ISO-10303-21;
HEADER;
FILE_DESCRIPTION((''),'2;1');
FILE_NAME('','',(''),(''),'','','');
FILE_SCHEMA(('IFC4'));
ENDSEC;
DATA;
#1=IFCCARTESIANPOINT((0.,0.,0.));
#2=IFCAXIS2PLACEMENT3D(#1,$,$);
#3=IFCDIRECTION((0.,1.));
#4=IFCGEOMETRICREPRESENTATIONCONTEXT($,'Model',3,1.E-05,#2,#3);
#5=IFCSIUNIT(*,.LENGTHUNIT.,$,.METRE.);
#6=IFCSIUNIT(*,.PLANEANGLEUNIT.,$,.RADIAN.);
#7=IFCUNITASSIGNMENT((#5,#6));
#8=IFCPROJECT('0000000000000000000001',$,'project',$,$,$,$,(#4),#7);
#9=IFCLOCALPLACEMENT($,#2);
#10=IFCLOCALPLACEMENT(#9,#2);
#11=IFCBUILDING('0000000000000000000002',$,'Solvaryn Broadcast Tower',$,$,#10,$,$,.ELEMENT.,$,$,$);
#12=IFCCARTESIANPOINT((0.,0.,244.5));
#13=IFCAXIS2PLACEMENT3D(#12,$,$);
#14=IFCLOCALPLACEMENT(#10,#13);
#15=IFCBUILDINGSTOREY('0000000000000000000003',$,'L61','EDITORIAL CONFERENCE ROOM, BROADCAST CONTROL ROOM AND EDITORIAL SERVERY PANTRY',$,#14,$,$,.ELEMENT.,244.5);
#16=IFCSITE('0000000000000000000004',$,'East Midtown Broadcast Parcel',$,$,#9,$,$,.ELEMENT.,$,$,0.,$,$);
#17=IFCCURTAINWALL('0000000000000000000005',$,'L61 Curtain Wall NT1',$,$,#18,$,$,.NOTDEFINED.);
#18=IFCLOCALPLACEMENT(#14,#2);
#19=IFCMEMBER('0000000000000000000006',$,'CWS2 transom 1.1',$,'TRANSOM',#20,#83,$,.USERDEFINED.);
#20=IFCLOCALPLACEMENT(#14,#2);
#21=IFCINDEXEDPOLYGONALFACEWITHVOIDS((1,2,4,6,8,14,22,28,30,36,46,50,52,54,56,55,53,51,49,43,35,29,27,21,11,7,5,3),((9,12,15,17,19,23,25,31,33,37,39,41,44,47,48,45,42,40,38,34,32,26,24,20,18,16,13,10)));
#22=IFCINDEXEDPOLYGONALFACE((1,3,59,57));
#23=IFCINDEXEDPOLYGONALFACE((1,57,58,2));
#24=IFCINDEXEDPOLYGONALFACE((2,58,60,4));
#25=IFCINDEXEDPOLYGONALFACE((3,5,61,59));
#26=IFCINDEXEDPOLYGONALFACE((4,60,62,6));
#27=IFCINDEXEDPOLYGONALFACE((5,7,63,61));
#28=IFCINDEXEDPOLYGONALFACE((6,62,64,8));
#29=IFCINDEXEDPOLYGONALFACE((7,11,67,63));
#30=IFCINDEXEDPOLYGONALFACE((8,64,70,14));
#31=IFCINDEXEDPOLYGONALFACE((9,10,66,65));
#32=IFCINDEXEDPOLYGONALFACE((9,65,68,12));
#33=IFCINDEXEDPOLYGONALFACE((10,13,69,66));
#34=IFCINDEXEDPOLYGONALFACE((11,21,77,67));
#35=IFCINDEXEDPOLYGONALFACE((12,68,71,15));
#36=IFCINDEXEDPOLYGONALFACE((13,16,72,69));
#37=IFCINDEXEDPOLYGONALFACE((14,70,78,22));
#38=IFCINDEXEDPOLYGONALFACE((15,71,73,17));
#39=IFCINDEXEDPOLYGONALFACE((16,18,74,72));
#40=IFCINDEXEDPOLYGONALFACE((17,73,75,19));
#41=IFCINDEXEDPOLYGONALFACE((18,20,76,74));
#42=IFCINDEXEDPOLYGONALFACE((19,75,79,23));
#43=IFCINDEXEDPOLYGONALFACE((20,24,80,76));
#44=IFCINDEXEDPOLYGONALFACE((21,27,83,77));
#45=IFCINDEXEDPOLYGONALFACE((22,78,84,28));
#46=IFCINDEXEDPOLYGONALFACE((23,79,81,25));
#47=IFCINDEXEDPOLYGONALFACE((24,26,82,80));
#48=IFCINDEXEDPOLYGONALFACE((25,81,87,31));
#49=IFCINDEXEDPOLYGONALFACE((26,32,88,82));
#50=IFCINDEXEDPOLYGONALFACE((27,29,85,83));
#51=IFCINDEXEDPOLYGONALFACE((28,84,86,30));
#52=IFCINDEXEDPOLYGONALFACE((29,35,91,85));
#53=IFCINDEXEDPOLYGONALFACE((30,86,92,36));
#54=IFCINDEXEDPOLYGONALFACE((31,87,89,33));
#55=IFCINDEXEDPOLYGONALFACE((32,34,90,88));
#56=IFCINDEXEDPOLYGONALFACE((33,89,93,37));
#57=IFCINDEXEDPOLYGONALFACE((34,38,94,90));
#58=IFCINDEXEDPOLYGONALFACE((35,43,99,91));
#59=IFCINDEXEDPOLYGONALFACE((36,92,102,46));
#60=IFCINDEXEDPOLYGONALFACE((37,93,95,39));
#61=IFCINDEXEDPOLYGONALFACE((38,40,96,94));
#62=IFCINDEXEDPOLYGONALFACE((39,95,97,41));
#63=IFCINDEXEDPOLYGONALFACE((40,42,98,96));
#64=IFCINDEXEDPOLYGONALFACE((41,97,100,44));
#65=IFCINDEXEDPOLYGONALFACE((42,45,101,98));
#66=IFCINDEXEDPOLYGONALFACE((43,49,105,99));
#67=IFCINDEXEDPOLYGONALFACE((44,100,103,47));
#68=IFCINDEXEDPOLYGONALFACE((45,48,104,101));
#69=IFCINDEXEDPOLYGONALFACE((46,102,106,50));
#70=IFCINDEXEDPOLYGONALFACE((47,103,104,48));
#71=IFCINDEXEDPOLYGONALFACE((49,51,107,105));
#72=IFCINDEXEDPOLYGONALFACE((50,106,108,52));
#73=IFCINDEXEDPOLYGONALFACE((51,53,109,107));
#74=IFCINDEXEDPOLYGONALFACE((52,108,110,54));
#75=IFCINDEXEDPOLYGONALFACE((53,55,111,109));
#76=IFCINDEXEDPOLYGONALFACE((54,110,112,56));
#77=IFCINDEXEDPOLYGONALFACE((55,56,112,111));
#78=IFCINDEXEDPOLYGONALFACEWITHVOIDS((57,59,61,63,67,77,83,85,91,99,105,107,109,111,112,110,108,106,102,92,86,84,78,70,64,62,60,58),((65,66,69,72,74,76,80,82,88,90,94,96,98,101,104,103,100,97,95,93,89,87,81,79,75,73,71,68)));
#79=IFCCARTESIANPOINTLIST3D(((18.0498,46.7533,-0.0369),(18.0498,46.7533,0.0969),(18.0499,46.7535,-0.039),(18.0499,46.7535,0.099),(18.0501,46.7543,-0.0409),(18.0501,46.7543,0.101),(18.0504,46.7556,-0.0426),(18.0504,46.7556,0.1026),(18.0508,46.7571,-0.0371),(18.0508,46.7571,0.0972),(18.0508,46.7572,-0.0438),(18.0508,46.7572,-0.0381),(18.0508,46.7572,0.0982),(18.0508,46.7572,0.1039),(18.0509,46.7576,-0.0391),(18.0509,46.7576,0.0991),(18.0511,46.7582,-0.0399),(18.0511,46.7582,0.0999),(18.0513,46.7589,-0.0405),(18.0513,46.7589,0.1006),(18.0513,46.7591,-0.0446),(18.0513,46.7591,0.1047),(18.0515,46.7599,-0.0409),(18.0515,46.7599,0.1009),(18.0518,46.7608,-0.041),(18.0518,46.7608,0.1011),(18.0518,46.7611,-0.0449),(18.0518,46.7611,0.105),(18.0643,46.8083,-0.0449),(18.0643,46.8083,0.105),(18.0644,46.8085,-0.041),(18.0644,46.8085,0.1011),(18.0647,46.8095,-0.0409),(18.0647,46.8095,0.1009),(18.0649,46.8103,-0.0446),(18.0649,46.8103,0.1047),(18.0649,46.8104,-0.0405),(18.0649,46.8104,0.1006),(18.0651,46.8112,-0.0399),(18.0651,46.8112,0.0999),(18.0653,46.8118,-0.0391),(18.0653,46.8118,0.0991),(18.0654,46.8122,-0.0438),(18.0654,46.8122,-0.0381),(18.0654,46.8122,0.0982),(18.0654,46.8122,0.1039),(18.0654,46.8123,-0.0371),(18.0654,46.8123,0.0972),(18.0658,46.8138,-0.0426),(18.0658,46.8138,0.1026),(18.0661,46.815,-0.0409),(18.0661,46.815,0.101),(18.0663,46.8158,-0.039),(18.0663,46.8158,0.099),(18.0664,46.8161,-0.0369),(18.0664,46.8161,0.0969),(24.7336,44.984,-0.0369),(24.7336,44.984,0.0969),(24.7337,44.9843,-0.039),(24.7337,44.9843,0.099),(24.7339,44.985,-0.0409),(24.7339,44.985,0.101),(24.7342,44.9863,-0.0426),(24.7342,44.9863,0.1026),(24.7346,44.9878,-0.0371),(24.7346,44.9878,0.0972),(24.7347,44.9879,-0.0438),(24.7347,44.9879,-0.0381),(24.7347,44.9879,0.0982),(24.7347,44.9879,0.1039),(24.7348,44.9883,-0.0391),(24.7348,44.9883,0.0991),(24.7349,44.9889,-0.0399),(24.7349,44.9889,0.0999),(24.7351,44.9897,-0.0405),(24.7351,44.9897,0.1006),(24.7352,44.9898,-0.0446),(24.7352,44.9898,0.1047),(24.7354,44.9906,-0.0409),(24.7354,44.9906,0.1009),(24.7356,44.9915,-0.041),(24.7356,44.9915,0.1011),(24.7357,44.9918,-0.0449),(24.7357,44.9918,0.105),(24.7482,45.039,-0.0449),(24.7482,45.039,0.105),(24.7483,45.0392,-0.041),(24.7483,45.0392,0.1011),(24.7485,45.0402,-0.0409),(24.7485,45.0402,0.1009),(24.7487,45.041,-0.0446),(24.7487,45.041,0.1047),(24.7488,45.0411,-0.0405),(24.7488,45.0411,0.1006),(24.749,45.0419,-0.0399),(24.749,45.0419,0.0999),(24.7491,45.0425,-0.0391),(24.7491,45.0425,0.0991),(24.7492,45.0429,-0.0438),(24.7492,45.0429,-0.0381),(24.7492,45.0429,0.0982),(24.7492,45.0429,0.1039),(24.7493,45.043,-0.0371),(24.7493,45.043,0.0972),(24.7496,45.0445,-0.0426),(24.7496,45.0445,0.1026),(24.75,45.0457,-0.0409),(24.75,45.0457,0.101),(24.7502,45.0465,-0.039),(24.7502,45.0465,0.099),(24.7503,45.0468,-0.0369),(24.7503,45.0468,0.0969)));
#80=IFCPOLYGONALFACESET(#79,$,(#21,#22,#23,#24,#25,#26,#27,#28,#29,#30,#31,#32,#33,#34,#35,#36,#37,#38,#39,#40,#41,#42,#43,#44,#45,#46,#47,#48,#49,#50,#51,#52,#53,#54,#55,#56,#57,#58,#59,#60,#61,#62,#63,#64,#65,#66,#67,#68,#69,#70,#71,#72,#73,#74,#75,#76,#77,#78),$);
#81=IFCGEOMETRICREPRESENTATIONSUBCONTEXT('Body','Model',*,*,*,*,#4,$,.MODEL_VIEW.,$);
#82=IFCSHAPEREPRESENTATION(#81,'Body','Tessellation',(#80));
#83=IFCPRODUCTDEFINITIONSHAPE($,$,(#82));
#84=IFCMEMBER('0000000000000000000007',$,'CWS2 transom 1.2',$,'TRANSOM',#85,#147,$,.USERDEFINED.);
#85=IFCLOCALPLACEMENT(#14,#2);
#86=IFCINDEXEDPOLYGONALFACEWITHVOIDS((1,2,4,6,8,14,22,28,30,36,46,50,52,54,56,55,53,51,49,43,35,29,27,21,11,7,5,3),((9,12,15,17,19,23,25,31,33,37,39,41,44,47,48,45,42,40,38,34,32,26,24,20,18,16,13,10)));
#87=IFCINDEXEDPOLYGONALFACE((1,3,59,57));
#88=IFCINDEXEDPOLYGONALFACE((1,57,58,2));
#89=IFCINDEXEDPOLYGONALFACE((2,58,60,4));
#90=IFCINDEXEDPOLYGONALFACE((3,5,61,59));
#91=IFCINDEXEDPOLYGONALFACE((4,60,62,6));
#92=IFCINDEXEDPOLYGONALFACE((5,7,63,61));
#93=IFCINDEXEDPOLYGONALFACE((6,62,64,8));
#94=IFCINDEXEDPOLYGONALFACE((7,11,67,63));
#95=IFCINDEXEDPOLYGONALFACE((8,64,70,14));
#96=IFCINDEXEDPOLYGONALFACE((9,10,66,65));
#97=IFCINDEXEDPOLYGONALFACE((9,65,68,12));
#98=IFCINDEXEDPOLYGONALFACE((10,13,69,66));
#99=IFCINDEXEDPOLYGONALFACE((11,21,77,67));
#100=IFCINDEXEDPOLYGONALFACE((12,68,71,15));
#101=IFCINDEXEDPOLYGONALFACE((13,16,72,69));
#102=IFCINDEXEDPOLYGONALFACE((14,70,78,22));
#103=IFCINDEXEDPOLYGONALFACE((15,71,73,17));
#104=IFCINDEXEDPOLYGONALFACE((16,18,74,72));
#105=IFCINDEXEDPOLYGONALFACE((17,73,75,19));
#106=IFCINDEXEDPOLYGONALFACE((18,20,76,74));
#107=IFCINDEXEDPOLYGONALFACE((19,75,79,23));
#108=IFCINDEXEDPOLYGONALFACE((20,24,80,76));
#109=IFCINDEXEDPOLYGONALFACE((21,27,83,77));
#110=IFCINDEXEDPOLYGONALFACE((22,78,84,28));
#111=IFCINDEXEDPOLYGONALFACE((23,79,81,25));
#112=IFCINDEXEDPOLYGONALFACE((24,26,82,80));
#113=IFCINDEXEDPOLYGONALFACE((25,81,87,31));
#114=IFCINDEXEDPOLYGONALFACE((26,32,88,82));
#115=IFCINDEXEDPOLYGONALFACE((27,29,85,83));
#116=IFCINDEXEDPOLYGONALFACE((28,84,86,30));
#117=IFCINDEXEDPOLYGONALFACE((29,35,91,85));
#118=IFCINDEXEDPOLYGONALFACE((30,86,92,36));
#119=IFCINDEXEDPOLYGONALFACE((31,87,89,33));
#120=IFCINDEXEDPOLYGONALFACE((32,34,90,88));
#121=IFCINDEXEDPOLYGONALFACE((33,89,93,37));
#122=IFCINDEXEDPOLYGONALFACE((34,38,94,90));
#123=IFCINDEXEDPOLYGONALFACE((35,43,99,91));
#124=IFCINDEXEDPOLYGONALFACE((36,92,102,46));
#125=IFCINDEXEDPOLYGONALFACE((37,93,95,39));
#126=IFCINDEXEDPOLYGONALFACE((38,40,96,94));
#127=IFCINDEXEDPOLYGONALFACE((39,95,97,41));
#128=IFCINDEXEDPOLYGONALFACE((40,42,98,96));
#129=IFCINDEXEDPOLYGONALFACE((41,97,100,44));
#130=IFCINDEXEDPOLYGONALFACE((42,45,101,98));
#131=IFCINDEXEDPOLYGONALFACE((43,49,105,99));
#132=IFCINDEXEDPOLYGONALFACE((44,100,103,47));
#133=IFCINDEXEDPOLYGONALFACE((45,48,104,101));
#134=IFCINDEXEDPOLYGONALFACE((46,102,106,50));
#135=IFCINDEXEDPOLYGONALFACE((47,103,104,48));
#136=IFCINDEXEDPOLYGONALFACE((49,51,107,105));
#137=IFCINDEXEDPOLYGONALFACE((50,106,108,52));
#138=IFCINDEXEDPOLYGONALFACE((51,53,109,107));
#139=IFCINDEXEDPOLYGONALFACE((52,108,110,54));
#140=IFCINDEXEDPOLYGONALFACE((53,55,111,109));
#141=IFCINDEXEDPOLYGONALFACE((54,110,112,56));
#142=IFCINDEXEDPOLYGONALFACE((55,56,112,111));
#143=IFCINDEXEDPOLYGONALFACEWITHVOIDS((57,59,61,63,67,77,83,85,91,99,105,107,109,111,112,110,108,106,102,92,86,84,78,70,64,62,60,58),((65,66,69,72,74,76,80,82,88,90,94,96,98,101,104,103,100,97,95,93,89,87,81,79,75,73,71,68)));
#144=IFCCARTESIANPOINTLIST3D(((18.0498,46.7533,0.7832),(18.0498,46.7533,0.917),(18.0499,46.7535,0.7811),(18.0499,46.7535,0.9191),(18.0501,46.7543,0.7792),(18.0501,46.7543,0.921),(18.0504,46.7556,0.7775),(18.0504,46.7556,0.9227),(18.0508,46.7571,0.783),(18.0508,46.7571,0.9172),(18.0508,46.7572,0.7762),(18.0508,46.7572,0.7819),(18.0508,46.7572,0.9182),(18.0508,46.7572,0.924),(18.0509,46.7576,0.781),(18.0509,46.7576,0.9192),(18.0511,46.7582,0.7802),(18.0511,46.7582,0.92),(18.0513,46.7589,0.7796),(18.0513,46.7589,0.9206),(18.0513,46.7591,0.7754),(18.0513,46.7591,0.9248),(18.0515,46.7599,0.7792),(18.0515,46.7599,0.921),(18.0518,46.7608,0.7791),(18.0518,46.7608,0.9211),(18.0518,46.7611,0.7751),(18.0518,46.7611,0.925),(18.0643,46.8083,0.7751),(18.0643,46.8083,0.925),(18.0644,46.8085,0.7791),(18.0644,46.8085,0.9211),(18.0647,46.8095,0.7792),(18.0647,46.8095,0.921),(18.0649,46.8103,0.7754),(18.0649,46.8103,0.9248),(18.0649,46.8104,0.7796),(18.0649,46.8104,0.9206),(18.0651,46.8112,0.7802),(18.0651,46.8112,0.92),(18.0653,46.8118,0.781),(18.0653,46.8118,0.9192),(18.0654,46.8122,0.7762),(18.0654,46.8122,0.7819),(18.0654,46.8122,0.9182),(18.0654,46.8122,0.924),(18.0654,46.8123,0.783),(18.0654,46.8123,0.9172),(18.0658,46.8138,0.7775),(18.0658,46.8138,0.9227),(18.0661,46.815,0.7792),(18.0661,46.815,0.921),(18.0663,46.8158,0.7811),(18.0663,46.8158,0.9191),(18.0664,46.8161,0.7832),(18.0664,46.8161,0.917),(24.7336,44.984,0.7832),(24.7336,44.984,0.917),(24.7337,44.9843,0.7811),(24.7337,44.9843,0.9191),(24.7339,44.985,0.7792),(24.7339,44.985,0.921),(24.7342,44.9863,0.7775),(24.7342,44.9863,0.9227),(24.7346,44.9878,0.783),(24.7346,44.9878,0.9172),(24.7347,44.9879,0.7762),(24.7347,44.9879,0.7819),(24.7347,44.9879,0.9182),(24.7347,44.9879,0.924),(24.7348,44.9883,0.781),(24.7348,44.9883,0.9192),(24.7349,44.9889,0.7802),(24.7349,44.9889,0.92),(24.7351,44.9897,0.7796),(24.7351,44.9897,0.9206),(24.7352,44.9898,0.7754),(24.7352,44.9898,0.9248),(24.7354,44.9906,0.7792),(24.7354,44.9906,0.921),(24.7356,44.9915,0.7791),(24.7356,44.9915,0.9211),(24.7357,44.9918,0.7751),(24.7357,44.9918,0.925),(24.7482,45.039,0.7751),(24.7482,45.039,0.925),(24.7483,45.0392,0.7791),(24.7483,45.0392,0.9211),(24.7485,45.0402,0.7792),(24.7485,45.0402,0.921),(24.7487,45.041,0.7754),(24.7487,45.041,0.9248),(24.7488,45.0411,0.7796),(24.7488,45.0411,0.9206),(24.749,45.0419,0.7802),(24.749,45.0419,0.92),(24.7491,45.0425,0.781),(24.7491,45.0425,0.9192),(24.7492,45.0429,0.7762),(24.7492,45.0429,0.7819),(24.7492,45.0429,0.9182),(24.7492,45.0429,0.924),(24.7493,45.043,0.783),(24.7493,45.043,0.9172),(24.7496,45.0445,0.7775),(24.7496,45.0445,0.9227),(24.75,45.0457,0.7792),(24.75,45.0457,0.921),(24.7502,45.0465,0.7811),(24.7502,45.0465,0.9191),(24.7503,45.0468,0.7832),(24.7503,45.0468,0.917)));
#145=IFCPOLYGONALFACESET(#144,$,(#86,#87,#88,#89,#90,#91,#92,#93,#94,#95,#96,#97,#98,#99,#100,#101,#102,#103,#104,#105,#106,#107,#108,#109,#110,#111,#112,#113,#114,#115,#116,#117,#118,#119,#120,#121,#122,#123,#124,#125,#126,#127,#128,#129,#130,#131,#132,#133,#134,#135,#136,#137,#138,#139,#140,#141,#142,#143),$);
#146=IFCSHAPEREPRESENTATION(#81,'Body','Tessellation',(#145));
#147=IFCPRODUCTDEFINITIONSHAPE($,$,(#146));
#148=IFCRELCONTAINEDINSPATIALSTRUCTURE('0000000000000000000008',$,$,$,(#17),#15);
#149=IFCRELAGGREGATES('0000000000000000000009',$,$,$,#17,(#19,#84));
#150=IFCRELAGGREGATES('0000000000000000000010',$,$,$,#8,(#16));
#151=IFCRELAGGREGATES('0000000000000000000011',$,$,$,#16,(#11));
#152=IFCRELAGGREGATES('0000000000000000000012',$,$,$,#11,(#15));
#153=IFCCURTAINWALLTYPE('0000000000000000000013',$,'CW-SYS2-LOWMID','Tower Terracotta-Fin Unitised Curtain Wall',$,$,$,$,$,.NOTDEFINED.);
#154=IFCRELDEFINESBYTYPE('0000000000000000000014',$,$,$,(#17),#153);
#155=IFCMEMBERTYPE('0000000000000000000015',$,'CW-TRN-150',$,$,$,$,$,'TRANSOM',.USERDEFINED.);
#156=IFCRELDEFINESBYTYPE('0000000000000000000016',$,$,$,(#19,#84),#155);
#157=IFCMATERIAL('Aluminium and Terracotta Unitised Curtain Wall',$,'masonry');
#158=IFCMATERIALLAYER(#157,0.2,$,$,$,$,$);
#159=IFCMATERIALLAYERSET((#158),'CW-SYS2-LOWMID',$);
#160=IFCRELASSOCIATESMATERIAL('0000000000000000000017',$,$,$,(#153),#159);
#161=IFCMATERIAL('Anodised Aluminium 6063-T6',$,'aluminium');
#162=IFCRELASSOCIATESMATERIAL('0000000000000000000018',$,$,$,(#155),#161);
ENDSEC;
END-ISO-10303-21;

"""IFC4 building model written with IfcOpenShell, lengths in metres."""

from ifc_helpers import new_model, si_unit, direction, frame, origin, origin_2d, place, context, subcontext, project, spatial, hollow_rectangle, extrude, material, layer, layer_set, material_profile, profile_set, type_object, element, aggregate, save


model = new_model("IFC4")

# Units and contexts
model_context = context("Model", 3, precision=1e-05, world=origin(), true_north=direction((0.0, 1.0)))
body_context = subcontext(model_context, "Body", "Model", "MODEL_VIEW")
ifc_project = project(units=[si_unit("LENGTHUNIT", "METRE"), si_unit("PLANEANGLEUNIT", "RADIAN")], contexts=[model_context])

# Site, building, storey
site_placement = place(None, origin())
site = spatial("IfcSite", under=ifc_project, at=site_placement, Name="East Midtown Broadcast Parcel", CompositionType="ELEMENT", RefElevation=0.0)
building_placement = place(site_placement, origin())
building = spatial("IfcBuilding", under=site, at=building_placement, Name="Solvaryn Broadcast Tower", CompositionType="ELEMENT")
storey_placement = place(building_placement, frame((0.0, 0.0, 244.5)))
storey = spatial("IfcBuildingStorey", under=building, at=storey_placement, Name="L61", Description="EDITORIAL CONFERENCE ROOM, BROADCAST CONTROL ROOM AND EDITORIAL SERVERY PANTRY", CompositionType="ELEMENT", Elevation=244.5)

# Shared definitions
ifc_material_1 = material(Name="Aluminium and Terracotta Unitised Curtain Wall", Category="masonry")
ifc_layer_1 = layer(ifc_material_1, 0.2)
ifc_layer_set_1 = layer_set([ifc_layer_1], Name="CW-SYS2-LOWMID")
curtain_wall_type = type_object("IfcCurtainWallType", Name="CW-SYS2-LOWMID", Description="Tower Terracotta-Fin Unitised Curtain Wall", PredefinedType="NOTDEFINED", material=ifc_layer_set_1)

# Curtain wall
curtain_wall_1_placement = place(storey_placement, origin())
curtain_wall_1 = element("IfcCurtainWall", 1, at=curtain_wall_1_placement, inside=storey, type_object=curtain_wall_type, Name="L61 Curtain Wall NT1", PredefinedType="NOTDEFINED")

# Members
ifc_material_2 = material(Name="Anodised Aluminium 6063-T6", Category="aluminium")
ifc_material_profile_1 = material_profile(ifc_material_2, hollow_rectangle(XDim=0.0649, YDim=0.1499, WallThickness=0.0039, InnerFilletRadius=0.0039, OuterFilletRadius=0.0081, at=origin_2d()))
ifc_profile_set_1 = profile_set([ifc_material_profile_1], Name="Anodised Aluminium 6063-T6")
member_type_1 = type_object("IfcMemberType", Name="CW-TRN-150", ElementType="TRANSOM", PredefinedType="USERDEFINED", material=ifc_profile_set_1)
member_1_placement = place(storey_placement, frame((24.7419, 45.0154, 0.03), z_axis=(-0.966704, 0.255897, 0.0), x_axis=(-0.255897, -0.966704, 0.0)))
member_1 = element("IfcMember", 2, at=member_1_placement, type_object=member_type_1, Name="CWS2 transom 1.1", ObjectType="TRANSOM", PredefinedType="USERDEFINED", context=body_context, shape_type="SweptSolid", body=[
    extrude(hollow_rectangle(XDim=0.0649, YDim=0.1499, WallThickness=0.0039, InnerFilletRadius=0.0039, OuterFilletRadius=0.0081, at=origin_2d()), origin(), (0.0, 0.0, 1.0), 6.9141),
])
member_2_placement = place(storey_placement, frame((24.7419, 45.0154, 0.8501), z_axis=(-0.966704, 0.255897, 0.0), x_axis=(-0.255897, -0.966704, 0.0)))
member_2 = element("IfcMember", 3, at=member_2_placement, type_object=member_type_1, Name="CWS2 transom 1.2", ObjectType="TRANSOM", PredefinedType="USERDEFINED", context=body_context, shape_type="SweptSolid", body=[
    extrude(hollow_rectangle(XDim=0.0649, YDim=0.1499, WallThickness=0.0039, InnerFilletRadius=0.0039, OuterFilletRadius=0.0081, at=origin_2d()), origin(), (0.0, 0.0, 1.0), 6.9141),
])
aggregate(curtain_wall_1, [member_1, member_2])

save(model, "model.ifc")
